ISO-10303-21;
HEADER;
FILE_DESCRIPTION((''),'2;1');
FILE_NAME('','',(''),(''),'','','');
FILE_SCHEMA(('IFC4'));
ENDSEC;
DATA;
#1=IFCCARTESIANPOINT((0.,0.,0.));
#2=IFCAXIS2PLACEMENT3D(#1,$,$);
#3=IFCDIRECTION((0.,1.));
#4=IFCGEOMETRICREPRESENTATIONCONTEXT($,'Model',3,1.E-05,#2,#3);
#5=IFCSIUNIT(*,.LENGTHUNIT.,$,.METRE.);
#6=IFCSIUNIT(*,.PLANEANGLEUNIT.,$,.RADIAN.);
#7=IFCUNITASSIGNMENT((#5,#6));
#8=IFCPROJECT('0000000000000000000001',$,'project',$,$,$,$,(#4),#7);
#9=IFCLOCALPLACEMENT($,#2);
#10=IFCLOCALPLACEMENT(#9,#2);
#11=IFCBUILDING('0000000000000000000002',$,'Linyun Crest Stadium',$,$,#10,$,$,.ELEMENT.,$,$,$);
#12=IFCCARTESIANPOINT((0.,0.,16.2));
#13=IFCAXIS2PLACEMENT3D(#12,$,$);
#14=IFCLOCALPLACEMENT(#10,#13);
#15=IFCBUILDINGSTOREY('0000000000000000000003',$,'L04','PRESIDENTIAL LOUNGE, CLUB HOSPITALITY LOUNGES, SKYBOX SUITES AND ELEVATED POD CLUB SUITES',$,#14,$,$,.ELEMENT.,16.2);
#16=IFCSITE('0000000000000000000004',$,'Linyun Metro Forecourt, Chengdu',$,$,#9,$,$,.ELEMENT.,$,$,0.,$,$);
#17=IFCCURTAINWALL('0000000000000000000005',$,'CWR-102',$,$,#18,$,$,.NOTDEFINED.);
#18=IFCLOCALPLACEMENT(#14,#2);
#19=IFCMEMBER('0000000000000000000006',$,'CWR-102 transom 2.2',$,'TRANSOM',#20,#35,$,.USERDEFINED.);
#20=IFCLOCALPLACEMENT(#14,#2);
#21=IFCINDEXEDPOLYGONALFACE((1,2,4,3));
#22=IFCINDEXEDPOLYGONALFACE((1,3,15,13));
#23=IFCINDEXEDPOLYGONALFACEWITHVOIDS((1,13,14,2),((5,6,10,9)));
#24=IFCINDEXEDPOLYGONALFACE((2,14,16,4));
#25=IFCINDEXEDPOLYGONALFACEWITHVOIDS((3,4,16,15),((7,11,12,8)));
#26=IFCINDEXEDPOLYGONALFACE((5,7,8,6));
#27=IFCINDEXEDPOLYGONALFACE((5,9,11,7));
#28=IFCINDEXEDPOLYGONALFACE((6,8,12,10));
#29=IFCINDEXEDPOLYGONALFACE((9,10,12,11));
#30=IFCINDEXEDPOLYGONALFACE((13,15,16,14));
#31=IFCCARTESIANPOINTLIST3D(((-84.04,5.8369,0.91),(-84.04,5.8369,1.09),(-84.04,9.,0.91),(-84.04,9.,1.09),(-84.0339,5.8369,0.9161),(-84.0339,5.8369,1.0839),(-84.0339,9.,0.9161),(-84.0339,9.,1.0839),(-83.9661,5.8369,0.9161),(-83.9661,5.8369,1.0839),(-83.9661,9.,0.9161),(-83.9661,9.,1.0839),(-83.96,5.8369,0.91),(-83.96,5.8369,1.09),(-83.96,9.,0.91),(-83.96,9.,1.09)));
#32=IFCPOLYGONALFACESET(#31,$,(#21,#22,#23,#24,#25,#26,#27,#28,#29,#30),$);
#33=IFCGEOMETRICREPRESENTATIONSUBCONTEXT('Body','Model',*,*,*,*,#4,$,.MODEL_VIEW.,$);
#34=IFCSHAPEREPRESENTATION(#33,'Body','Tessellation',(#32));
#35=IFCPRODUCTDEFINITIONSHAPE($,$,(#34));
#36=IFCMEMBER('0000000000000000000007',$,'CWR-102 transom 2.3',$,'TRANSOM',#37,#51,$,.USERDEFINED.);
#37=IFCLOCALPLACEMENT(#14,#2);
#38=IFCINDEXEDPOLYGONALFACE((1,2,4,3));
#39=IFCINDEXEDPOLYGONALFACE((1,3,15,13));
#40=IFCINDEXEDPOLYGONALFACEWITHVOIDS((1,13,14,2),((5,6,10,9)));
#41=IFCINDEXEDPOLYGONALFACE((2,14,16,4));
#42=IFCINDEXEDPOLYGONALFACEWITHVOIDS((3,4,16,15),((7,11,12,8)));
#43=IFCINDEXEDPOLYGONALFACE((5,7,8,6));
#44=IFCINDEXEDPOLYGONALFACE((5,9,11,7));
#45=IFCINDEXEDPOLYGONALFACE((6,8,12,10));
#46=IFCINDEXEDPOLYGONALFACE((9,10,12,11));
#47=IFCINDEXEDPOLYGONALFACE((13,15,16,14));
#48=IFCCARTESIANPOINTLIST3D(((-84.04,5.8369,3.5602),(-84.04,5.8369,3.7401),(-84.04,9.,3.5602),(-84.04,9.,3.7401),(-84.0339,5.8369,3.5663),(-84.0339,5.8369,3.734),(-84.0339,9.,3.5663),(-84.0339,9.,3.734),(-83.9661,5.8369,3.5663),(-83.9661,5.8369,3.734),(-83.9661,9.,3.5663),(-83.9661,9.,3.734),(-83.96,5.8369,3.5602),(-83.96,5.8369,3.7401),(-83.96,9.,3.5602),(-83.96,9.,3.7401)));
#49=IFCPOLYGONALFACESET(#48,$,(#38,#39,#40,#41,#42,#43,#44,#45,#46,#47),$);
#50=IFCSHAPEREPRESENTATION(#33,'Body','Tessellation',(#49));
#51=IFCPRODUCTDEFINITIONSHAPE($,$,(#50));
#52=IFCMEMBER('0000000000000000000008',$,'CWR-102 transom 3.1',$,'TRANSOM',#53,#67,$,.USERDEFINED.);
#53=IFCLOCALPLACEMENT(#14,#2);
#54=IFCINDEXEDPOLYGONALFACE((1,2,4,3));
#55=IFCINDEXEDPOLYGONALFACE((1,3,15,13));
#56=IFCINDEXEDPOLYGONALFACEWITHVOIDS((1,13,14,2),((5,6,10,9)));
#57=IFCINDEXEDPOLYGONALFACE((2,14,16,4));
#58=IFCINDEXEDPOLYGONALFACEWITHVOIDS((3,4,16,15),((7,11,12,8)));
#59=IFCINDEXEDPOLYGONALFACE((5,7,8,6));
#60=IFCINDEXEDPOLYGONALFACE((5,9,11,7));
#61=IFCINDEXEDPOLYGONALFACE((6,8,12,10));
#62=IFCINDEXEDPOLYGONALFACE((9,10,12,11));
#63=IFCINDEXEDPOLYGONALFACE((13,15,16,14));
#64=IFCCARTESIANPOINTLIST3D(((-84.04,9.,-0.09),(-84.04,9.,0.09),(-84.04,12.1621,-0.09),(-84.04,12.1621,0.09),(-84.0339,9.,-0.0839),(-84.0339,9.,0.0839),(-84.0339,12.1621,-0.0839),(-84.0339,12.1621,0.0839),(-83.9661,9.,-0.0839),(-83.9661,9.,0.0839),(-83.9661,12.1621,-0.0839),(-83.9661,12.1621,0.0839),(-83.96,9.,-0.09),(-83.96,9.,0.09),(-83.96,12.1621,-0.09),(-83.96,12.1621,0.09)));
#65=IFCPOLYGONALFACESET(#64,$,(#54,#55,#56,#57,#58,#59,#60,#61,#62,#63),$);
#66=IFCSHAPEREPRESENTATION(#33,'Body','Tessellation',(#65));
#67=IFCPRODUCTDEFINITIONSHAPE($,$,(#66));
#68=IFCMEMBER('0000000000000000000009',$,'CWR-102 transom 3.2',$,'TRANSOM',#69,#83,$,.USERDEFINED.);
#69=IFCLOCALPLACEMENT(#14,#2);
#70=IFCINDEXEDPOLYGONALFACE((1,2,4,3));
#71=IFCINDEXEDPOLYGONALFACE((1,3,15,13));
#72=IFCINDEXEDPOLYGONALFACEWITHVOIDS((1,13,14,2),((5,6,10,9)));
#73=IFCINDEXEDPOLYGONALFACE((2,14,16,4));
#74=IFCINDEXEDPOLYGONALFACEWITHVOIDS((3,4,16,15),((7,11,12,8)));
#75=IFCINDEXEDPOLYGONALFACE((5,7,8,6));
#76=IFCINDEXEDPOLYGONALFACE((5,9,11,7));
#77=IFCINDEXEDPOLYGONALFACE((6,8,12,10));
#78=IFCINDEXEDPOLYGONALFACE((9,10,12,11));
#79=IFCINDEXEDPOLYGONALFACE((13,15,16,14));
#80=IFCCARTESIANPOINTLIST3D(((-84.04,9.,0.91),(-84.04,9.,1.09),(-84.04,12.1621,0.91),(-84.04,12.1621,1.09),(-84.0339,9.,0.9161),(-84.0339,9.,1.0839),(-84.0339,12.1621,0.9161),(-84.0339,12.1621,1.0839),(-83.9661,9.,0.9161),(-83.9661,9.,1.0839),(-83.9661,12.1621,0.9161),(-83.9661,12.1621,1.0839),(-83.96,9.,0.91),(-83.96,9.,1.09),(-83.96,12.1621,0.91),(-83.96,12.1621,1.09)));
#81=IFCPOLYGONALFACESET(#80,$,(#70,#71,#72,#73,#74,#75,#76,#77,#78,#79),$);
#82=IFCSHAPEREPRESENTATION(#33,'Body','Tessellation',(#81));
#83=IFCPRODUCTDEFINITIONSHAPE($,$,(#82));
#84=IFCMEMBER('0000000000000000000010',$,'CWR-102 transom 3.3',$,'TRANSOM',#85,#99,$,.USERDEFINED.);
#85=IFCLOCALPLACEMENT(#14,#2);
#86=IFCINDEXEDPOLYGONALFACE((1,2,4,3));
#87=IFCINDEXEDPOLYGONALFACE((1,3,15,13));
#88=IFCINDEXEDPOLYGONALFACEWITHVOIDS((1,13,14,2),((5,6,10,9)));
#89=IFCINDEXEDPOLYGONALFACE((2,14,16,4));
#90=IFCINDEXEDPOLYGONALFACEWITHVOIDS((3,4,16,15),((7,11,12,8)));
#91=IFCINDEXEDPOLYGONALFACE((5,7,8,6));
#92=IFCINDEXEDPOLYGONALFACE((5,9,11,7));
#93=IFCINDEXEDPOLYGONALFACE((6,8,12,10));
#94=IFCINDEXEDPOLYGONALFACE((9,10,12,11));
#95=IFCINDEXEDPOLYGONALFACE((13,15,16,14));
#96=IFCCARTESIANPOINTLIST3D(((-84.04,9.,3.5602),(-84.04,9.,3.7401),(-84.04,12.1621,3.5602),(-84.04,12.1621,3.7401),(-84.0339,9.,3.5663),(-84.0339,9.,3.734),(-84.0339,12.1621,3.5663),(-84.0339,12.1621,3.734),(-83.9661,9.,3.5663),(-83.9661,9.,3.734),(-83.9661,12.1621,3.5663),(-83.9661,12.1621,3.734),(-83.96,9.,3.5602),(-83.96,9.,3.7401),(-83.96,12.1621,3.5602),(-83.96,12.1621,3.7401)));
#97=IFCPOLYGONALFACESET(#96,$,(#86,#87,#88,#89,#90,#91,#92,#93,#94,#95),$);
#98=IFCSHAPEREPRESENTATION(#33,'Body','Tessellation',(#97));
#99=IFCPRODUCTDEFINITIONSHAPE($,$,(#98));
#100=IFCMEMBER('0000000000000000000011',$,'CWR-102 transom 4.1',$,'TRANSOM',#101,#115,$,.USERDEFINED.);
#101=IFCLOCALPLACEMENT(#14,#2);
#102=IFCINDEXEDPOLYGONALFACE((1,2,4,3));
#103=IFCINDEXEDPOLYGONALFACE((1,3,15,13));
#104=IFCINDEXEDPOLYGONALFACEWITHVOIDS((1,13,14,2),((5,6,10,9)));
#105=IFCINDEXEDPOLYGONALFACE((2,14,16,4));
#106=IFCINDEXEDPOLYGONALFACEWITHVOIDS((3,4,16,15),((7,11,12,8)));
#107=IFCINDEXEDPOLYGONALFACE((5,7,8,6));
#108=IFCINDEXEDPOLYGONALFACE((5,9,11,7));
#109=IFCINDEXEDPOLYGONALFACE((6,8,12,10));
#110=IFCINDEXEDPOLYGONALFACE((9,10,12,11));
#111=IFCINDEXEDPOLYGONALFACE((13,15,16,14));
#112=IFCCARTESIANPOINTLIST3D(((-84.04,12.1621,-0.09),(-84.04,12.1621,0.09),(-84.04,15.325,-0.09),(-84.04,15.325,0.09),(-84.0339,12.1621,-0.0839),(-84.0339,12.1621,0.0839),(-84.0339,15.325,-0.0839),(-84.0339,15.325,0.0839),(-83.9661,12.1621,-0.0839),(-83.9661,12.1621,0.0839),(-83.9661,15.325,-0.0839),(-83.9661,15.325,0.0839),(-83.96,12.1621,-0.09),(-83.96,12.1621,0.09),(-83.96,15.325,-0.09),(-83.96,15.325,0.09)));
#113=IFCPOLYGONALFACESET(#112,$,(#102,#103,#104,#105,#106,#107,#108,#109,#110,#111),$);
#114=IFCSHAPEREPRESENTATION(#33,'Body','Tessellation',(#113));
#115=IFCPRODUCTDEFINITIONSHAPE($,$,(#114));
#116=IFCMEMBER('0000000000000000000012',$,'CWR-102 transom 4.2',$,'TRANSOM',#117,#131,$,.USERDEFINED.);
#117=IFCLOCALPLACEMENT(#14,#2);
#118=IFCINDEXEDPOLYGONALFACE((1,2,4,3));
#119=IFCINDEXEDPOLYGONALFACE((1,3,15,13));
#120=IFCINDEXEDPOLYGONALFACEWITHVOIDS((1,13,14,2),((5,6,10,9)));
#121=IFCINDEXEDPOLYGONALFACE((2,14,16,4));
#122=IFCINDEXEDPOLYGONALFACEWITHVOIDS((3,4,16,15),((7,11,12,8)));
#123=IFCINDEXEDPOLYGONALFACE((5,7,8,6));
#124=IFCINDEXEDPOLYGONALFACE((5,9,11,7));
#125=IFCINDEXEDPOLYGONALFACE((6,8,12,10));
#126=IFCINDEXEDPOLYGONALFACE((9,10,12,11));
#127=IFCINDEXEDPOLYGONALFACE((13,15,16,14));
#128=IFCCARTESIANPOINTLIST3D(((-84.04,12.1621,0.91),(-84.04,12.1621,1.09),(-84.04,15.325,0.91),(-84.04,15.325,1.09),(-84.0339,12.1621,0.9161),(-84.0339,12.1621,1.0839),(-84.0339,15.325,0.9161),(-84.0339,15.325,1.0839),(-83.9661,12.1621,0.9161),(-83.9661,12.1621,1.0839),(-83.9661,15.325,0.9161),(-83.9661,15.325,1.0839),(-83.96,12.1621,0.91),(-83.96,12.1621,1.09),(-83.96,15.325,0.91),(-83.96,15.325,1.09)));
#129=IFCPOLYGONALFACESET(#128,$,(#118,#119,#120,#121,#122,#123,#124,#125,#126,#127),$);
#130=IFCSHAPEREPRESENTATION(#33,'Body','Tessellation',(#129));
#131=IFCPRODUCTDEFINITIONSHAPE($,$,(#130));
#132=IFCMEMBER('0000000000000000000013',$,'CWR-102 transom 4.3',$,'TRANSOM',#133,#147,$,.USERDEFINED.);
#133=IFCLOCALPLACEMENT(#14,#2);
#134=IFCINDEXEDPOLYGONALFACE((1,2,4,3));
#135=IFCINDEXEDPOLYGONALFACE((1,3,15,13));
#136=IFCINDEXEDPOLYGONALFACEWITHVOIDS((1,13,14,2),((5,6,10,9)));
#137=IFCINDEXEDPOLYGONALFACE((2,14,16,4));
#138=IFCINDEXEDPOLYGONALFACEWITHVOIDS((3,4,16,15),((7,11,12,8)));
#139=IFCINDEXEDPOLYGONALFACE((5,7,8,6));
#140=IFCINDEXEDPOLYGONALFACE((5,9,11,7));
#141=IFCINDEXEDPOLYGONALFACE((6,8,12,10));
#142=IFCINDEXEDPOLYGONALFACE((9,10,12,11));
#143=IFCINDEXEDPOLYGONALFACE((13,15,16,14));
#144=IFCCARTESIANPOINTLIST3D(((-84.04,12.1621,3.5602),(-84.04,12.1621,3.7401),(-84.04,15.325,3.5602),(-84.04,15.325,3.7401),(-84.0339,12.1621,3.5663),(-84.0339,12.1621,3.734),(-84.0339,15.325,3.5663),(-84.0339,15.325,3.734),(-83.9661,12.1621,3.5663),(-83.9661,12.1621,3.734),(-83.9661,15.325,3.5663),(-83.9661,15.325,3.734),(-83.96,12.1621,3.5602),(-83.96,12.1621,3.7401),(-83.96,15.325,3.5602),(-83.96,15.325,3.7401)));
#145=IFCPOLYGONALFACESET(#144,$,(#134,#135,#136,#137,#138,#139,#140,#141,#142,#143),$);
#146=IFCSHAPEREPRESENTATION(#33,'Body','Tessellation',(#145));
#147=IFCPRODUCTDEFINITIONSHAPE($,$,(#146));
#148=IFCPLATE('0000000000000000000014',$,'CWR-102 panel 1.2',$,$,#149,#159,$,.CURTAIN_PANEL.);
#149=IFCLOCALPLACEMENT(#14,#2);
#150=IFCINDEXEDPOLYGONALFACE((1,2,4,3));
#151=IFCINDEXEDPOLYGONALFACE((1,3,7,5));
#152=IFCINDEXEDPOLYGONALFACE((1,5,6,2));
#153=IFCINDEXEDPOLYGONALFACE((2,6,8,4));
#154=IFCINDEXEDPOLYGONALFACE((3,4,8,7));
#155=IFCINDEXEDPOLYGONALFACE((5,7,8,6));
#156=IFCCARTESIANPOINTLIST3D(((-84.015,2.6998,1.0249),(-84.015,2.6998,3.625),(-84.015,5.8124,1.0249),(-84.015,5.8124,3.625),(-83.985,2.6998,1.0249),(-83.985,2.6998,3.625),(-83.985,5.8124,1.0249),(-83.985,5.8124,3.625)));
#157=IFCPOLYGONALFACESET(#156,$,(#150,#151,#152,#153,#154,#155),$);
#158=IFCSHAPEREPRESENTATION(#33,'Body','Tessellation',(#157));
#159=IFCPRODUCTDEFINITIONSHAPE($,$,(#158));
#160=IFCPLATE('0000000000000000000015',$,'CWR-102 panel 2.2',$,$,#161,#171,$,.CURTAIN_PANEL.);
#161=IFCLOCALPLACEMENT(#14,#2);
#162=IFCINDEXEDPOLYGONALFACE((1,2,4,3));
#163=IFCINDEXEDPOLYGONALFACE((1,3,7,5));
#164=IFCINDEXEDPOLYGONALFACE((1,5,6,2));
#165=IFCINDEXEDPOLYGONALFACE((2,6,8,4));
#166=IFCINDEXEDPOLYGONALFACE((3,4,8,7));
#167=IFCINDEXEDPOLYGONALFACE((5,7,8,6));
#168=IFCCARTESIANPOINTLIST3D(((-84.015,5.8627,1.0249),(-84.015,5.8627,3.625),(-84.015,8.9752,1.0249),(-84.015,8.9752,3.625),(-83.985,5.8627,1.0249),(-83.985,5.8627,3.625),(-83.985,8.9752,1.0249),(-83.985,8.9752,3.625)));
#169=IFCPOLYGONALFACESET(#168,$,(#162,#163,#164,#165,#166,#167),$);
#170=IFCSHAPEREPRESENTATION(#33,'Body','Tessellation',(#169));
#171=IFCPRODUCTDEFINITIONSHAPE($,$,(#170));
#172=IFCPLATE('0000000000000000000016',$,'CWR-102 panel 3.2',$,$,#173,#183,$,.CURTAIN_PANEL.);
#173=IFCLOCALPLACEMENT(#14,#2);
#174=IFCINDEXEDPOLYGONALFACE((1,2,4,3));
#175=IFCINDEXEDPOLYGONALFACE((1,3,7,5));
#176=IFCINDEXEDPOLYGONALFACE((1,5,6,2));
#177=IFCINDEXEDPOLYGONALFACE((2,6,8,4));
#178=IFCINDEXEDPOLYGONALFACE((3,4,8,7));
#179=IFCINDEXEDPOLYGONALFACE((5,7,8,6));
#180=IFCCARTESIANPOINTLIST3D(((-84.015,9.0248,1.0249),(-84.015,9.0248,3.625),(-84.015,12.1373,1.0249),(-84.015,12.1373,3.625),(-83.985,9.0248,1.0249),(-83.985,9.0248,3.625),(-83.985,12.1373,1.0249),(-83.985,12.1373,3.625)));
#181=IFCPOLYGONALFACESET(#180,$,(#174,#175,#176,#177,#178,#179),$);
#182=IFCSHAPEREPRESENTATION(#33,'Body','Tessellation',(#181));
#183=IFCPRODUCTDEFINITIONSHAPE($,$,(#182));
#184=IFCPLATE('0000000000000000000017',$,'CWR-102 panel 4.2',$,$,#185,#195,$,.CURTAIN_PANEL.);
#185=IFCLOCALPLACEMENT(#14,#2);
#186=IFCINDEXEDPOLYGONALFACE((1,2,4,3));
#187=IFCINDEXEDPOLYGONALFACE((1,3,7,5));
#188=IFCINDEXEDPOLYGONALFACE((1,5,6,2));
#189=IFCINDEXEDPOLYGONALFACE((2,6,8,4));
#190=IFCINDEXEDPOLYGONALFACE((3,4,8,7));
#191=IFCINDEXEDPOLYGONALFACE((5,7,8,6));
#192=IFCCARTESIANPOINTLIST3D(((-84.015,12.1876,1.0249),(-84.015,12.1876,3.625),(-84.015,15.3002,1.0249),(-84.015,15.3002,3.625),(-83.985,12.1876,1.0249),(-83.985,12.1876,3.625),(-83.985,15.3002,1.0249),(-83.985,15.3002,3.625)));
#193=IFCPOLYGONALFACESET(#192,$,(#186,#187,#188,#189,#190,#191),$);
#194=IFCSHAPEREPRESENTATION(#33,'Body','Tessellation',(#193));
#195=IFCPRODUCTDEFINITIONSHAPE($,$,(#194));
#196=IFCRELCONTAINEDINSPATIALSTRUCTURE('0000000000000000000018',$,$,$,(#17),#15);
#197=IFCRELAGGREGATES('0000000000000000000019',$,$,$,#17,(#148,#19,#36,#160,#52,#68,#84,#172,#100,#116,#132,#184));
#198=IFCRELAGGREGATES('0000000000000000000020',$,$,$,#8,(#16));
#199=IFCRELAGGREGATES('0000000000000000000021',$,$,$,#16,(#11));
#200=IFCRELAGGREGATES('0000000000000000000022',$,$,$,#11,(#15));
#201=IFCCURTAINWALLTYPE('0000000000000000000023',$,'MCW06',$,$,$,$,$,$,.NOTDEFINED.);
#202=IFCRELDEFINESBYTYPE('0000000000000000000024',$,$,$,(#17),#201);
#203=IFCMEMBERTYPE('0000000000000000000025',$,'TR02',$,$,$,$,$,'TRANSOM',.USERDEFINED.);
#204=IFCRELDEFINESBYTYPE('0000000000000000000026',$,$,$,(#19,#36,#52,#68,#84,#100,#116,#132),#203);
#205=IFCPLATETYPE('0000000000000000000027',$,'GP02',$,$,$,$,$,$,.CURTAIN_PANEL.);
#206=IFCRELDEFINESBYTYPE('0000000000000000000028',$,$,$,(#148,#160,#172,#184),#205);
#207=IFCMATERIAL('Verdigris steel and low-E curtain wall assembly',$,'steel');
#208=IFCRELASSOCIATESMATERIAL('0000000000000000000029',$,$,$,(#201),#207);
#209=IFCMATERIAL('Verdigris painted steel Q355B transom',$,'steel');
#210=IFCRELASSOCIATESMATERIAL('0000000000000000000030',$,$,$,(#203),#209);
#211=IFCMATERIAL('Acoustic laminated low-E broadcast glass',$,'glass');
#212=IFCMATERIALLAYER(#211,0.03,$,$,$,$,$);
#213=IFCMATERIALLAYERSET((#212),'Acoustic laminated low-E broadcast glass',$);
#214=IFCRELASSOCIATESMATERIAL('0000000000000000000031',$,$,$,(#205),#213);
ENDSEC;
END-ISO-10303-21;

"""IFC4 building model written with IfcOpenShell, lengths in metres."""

from ifc_helpers import new_model, si_unit, direction, frame, origin, origin_2d, place, context, subcontext, project, spatial, rectangle, hollow_rectangle, extrude, material, layer, layer_set, material_profile, profile_set, type_object, element, aggregate, save


model = new_model("IFC4")

# Units and contexts
model_context = context("Model", 3, precision=1e-05, world=origin(), true_north=direction((0.0, 1.0)))
body_context = subcontext(model_context, "Body", "Model", "MODEL_VIEW")
ifc_project = project(units=[si_unit("LENGTHUNIT", "METRE"), si_unit("PLANEANGLEUNIT", "RADIAN")], contexts=[model_context])

# Site, building, storey
site_placement = place(None, origin())
site = spatial("IfcSite", under=ifc_project, at=site_placement, Name="Linyun Metro Forecourt, Chengdu", CompositionType="ELEMENT", RefElevation=0.0)
building_placement = place(site_placement, origin())
building = spatial("IfcBuilding", under=site, at=building_placement, Name="Linyun Crest Stadium", CompositionType="ELEMENT")
storey_placement = place(building_placement, frame((0.0, 0.0, 16.2)))
storey = spatial("IfcBuildingStorey", under=building, at=storey_placement, Name="L04", Description="PRESIDENTIAL LOUNGE, CLUB HOSPITALITY LOUNGES, SKYBOX SUITES AND ELEVATED POD CLUB SUITES", CompositionType="ELEMENT", Elevation=16.2)

# Curtain wall
ifc_material_1 = material(Name="Verdigris steel and low-E curtain wall assembly", Category="steel")
curtain_wall_type = type_object("IfcCurtainWallType", Name="MCW06", PredefinedType="NOTDEFINED", material=ifc_material_1)
curtain_wall_placement = place(storey_placement, origin())
curtain_wall = element("IfcCurtainWall", 1, at=curtain_wall_placement, inside=storey, type_object=curtain_wall_type, Name="CWR-102", PredefinedType="NOTDEFINED")

# Members
ifc_material_2 = material(Name="Verdigris painted steel Q355B transom", Category="steel")
ifc_material_profile_1 = material_profile(ifc_material_2, hollow_rectangle(XDim=0.0801, YDim=0.1799, WallThickness=0.0061, at=origin_2d()), Name="RHS 180x80x6")
ifc_profile_set_1 = profile_set([ifc_material_profile_1], Name="Verdigris painted steel Q355B transom")
member_type_1 = type_object("IfcMemberType", Name="TR02", ElementType="TRANSOM", PredefinedType="USERDEFINED", material=ifc_profile_set_1)
member_1_placement = place(storey_placement, frame((-84.0, 5.8369, 1.0), z_axis=(0.0, 1.0, 0.0), x_axis=(-1.0, 0.0, 0.0)))
member_1 = element("IfcMember", 2, at=member_1_placement, type_object=member_type_1, Name="CWR-102 transom 2.2", ObjectType="TRANSOM", PredefinedType="USERDEFINED", context=body_context, shape_type="SweptSolid", body=[
    extrude(hollow_rectangle(XDim=0.0801, YDim=0.1799, WallThickness=0.0061, at=origin_2d()), origin(), (0.0, 0.0, 1.0), 3.1631),
])
member_2_placement = place(storey_placement, frame((-84.0, 5.8369, 3.6501), z_axis=(0.0, 1.0, 0.0), x_axis=(-1.0, 0.0, 0.0)))
member_2 = element("IfcMember", 3, at=member_2_placement, type_object=member_type_1, Name="CWR-102 transom 2.3", ObjectType="TRANSOM", PredefinedType="USERDEFINED", context=body_context, shape_type="SweptSolid", body=[
    extrude(hollow_rectangle(XDim=0.0801, YDim=0.1799, WallThickness=0.0061, at=origin_2d()), origin(), (0.0, 0.0, 1.0), 3.1631),
])
member_3_placement = place(storey_placement, frame((-84.0, 9.0, 0.0), z_axis=(0.0, 1.0, 0.0), x_axis=(-1.0, 0.0, 0.0)))
member_3 = element("IfcMember", 4, at=member_3_placement, type_object=member_type_1, Name="CWR-102 transom 3.1", ObjectType="TRANSOM", PredefinedType="USERDEFINED", context=body_context, shape_type="SweptSolid", body=[
    extrude(hollow_rectangle(XDim=0.0801, YDim=0.1799, WallThickness=0.0061, at=origin_2d()), origin(), (0.0, 0.0, 1.0), 3.1621),
])
member_4_placement = place(storey_placement, frame((-84.0, 9.0, 1.0), z_axis=(0.0, 1.0, 0.0), x_axis=(-1.0, 0.0, 0.0)))
member_4 = element("IfcMember", 5, at=member_4_placement, type_object=member_type_1, Name="CWR-102 transom 3.2", ObjectType="TRANSOM", PredefinedType="USERDEFINED", context=body_context, shape_type="SweptSolid", body=[
    extrude(hollow_rectangle(XDim=0.0801, YDim=0.1799, WallThickness=0.0061, at=origin_2d()), origin(), (0.0, 0.0, 1.0), 3.1621),
])
member_5_placement = place(storey_placement, frame((-84.0, 9.0, 3.6501), z_axis=(0.0, 1.0, 0.0), x_axis=(-1.0, 0.0, 0.0)))
member_5 = element("IfcMember", 6, at=member_5_placement, type_object=member_type_1, Name="CWR-102 transom 3.3", ObjectType="TRANSOM", PredefinedType="USERDEFINED", context=body_context, shape_type="SweptSolid", body=[
    extrude(hollow_rectangle(XDim=0.0801, YDim=0.1799, WallThickness=0.0061, at=origin_2d()), origin(), (0.0, 0.0, 1.0), 3.1621),
])
member_6_placement = place(storey_placement, frame((-84.0, 12.1621, 0.0), z_axis=(0.0, 1.0, 0.0), x_axis=(-1.0, 0.0, 0.0)))
member_6 = element("IfcMember", 7, at=member_6_placement, type_object=member_type_1, Name="CWR-102 transom 4.1", ObjectType="TRANSOM", PredefinedType="USERDEFINED", context=body_context, shape_type="SweptSolid", body=[
    extrude(hollow_rectangle(XDim=0.0801, YDim=0.1799, WallThickness=0.0061, at=origin_2d()), origin(), (0.0, 0.0, 1.0), 3.1628),
])
member_7_placement = place(storey_placement, frame((-84.0, 12.1621, 1.0), z_axis=(0.0, 1.0, 0.0), x_axis=(-1.0, 0.0, 0.0)))
member_7 = element("IfcMember", 8, at=member_7_placement, type_object=member_type_1, Name="CWR-102 transom 4.2", ObjectType="TRANSOM", PredefinedType="USERDEFINED", context=body_context, shape_type="SweptSolid", body=[
    extrude(hollow_rectangle(XDim=0.0801, YDim=0.1799, WallThickness=0.0061, at=origin_2d()), origin(), (0.0, 0.0, 1.0), 3.1628),
])
member_8_placement = place(storey_placement, frame((-84.0, 12.1621, 3.6501), z_axis=(0.0, 1.0, 0.0), x_axis=(-1.0, 0.0, 0.0)))
member_8 = element("IfcMember", 9, at=member_8_placement, type_object=member_type_1, Name="CWR-102 transom 4.3", ObjectType="TRANSOM", PredefinedType="USERDEFINED", context=body_context, shape_type="SweptSolid", body=[
    extrude(hollow_rectangle(XDim=0.0801, YDim=0.1799, WallThickness=0.0061, at=origin_2d()), origin(), (0.0, 0.0, 1.0), 3.1628),
])

# Plates
ifc_material_3 = material(Name="Acoustic laminated low-E broadcast glass", Category="glass")
ifc_layer_1 = layer(ifc_material_3, 0.03)
ifc_layer_set_1 = layer_set([ifc_layer_1], Name="Acoustic laminated low-E broadcast glass")
plate_type_1 = type_object("IfcPlateType", Name="GP02", PredefinedType="CURTAIN_PANEL", material=ifc_layer_set_1)
plate_1_placement = place(storey_placement, frame((-84.0, 4.2561, 1.0249), z_axis=(0.0, 0.0, 1.0), x_axis=(0.0, 1.0, 0.0)))
plate_1 = element("IfcPlate", 10, at=plate_1_placement, type_object=plate_type_1, Name="CWR-102 panel 1.2", PredefinedType="CURTAIN_PANEL", context=body_context, shape_type="SweptSolid", body=[
    extrude(rectangle(XDim=3.1125, YDim=0.03, at=origin_2d()), origin(), (0.0, 0.0, 1.0), 2.6001),
])
plate_2_placement = place(storey_placement, frame((-84.0, 7.4189, 1.0249), z_axis=(0.0, 0.0, 1.0), x_axis=(0.0, 1.0, 0.0)))
plate_2 = element("IfcPlate", 11, at=plate_2_placement, type_object=plate_type_1, Name="CWR-102 panel 2.2", PredefinedType="CURTAIN_PANEL", context=body_context, shape_type="SweptSolid", body=[
    extrude(rectangle(XDim=3.1125, YDim=0.03, at=origin_2d()), origin(), (0.0, 0.0, 1.0), 2.6001),
])
plate_3_placement = place(storey_placement, frame((-84.0, 10.5811, 1.0249), z_axis=(0.0, 0.0, 1.0), x_axis=(0.0, 1.0, 0.0)))
plate_3 = element("IfcPlate", 12, at=plate_3_placement, type_object=plate_type_1, Name="CWR-102 panel 3.2", PredefinedType="CURTAIN_PANEL", context=body_context, shape_type="SweptSolid", body=[
    extrude(rectangle(XDim=3.1125, YDim=0.03, at=origin_2d()), origin(), (0.0, 0.0, 1.0), 2.6001),
])
plate_4_placement = place(storey_placement, frame((-84.0, 13.7439, 1.0249), z_axis=(0.0, 0.0, 1.0), x_axis=(0.0, 1.0, 0.0)))
plate_4 = element("IfcPlate", 13, at=plate_4_placement, type_object=plate_type_1, Name="CWR-102 panel 4.2", PredefinedType="CURTAIN_PANEL", context=body_context, shape_type="SweptSolid", body=[
    extrude(rectangle(XDim=3.1125, YDim=0.03, at=origin_2d()), origin(), (0.0, 0.0, 1.0), 2.6001),
])
aggregate(curtain_wall, [plate_1, member_1, member_2, plate_2, member_3, member_4, member_5, plate_3, member_6, member_7, member_8, plate_4])

save(model, "model.ifc")
